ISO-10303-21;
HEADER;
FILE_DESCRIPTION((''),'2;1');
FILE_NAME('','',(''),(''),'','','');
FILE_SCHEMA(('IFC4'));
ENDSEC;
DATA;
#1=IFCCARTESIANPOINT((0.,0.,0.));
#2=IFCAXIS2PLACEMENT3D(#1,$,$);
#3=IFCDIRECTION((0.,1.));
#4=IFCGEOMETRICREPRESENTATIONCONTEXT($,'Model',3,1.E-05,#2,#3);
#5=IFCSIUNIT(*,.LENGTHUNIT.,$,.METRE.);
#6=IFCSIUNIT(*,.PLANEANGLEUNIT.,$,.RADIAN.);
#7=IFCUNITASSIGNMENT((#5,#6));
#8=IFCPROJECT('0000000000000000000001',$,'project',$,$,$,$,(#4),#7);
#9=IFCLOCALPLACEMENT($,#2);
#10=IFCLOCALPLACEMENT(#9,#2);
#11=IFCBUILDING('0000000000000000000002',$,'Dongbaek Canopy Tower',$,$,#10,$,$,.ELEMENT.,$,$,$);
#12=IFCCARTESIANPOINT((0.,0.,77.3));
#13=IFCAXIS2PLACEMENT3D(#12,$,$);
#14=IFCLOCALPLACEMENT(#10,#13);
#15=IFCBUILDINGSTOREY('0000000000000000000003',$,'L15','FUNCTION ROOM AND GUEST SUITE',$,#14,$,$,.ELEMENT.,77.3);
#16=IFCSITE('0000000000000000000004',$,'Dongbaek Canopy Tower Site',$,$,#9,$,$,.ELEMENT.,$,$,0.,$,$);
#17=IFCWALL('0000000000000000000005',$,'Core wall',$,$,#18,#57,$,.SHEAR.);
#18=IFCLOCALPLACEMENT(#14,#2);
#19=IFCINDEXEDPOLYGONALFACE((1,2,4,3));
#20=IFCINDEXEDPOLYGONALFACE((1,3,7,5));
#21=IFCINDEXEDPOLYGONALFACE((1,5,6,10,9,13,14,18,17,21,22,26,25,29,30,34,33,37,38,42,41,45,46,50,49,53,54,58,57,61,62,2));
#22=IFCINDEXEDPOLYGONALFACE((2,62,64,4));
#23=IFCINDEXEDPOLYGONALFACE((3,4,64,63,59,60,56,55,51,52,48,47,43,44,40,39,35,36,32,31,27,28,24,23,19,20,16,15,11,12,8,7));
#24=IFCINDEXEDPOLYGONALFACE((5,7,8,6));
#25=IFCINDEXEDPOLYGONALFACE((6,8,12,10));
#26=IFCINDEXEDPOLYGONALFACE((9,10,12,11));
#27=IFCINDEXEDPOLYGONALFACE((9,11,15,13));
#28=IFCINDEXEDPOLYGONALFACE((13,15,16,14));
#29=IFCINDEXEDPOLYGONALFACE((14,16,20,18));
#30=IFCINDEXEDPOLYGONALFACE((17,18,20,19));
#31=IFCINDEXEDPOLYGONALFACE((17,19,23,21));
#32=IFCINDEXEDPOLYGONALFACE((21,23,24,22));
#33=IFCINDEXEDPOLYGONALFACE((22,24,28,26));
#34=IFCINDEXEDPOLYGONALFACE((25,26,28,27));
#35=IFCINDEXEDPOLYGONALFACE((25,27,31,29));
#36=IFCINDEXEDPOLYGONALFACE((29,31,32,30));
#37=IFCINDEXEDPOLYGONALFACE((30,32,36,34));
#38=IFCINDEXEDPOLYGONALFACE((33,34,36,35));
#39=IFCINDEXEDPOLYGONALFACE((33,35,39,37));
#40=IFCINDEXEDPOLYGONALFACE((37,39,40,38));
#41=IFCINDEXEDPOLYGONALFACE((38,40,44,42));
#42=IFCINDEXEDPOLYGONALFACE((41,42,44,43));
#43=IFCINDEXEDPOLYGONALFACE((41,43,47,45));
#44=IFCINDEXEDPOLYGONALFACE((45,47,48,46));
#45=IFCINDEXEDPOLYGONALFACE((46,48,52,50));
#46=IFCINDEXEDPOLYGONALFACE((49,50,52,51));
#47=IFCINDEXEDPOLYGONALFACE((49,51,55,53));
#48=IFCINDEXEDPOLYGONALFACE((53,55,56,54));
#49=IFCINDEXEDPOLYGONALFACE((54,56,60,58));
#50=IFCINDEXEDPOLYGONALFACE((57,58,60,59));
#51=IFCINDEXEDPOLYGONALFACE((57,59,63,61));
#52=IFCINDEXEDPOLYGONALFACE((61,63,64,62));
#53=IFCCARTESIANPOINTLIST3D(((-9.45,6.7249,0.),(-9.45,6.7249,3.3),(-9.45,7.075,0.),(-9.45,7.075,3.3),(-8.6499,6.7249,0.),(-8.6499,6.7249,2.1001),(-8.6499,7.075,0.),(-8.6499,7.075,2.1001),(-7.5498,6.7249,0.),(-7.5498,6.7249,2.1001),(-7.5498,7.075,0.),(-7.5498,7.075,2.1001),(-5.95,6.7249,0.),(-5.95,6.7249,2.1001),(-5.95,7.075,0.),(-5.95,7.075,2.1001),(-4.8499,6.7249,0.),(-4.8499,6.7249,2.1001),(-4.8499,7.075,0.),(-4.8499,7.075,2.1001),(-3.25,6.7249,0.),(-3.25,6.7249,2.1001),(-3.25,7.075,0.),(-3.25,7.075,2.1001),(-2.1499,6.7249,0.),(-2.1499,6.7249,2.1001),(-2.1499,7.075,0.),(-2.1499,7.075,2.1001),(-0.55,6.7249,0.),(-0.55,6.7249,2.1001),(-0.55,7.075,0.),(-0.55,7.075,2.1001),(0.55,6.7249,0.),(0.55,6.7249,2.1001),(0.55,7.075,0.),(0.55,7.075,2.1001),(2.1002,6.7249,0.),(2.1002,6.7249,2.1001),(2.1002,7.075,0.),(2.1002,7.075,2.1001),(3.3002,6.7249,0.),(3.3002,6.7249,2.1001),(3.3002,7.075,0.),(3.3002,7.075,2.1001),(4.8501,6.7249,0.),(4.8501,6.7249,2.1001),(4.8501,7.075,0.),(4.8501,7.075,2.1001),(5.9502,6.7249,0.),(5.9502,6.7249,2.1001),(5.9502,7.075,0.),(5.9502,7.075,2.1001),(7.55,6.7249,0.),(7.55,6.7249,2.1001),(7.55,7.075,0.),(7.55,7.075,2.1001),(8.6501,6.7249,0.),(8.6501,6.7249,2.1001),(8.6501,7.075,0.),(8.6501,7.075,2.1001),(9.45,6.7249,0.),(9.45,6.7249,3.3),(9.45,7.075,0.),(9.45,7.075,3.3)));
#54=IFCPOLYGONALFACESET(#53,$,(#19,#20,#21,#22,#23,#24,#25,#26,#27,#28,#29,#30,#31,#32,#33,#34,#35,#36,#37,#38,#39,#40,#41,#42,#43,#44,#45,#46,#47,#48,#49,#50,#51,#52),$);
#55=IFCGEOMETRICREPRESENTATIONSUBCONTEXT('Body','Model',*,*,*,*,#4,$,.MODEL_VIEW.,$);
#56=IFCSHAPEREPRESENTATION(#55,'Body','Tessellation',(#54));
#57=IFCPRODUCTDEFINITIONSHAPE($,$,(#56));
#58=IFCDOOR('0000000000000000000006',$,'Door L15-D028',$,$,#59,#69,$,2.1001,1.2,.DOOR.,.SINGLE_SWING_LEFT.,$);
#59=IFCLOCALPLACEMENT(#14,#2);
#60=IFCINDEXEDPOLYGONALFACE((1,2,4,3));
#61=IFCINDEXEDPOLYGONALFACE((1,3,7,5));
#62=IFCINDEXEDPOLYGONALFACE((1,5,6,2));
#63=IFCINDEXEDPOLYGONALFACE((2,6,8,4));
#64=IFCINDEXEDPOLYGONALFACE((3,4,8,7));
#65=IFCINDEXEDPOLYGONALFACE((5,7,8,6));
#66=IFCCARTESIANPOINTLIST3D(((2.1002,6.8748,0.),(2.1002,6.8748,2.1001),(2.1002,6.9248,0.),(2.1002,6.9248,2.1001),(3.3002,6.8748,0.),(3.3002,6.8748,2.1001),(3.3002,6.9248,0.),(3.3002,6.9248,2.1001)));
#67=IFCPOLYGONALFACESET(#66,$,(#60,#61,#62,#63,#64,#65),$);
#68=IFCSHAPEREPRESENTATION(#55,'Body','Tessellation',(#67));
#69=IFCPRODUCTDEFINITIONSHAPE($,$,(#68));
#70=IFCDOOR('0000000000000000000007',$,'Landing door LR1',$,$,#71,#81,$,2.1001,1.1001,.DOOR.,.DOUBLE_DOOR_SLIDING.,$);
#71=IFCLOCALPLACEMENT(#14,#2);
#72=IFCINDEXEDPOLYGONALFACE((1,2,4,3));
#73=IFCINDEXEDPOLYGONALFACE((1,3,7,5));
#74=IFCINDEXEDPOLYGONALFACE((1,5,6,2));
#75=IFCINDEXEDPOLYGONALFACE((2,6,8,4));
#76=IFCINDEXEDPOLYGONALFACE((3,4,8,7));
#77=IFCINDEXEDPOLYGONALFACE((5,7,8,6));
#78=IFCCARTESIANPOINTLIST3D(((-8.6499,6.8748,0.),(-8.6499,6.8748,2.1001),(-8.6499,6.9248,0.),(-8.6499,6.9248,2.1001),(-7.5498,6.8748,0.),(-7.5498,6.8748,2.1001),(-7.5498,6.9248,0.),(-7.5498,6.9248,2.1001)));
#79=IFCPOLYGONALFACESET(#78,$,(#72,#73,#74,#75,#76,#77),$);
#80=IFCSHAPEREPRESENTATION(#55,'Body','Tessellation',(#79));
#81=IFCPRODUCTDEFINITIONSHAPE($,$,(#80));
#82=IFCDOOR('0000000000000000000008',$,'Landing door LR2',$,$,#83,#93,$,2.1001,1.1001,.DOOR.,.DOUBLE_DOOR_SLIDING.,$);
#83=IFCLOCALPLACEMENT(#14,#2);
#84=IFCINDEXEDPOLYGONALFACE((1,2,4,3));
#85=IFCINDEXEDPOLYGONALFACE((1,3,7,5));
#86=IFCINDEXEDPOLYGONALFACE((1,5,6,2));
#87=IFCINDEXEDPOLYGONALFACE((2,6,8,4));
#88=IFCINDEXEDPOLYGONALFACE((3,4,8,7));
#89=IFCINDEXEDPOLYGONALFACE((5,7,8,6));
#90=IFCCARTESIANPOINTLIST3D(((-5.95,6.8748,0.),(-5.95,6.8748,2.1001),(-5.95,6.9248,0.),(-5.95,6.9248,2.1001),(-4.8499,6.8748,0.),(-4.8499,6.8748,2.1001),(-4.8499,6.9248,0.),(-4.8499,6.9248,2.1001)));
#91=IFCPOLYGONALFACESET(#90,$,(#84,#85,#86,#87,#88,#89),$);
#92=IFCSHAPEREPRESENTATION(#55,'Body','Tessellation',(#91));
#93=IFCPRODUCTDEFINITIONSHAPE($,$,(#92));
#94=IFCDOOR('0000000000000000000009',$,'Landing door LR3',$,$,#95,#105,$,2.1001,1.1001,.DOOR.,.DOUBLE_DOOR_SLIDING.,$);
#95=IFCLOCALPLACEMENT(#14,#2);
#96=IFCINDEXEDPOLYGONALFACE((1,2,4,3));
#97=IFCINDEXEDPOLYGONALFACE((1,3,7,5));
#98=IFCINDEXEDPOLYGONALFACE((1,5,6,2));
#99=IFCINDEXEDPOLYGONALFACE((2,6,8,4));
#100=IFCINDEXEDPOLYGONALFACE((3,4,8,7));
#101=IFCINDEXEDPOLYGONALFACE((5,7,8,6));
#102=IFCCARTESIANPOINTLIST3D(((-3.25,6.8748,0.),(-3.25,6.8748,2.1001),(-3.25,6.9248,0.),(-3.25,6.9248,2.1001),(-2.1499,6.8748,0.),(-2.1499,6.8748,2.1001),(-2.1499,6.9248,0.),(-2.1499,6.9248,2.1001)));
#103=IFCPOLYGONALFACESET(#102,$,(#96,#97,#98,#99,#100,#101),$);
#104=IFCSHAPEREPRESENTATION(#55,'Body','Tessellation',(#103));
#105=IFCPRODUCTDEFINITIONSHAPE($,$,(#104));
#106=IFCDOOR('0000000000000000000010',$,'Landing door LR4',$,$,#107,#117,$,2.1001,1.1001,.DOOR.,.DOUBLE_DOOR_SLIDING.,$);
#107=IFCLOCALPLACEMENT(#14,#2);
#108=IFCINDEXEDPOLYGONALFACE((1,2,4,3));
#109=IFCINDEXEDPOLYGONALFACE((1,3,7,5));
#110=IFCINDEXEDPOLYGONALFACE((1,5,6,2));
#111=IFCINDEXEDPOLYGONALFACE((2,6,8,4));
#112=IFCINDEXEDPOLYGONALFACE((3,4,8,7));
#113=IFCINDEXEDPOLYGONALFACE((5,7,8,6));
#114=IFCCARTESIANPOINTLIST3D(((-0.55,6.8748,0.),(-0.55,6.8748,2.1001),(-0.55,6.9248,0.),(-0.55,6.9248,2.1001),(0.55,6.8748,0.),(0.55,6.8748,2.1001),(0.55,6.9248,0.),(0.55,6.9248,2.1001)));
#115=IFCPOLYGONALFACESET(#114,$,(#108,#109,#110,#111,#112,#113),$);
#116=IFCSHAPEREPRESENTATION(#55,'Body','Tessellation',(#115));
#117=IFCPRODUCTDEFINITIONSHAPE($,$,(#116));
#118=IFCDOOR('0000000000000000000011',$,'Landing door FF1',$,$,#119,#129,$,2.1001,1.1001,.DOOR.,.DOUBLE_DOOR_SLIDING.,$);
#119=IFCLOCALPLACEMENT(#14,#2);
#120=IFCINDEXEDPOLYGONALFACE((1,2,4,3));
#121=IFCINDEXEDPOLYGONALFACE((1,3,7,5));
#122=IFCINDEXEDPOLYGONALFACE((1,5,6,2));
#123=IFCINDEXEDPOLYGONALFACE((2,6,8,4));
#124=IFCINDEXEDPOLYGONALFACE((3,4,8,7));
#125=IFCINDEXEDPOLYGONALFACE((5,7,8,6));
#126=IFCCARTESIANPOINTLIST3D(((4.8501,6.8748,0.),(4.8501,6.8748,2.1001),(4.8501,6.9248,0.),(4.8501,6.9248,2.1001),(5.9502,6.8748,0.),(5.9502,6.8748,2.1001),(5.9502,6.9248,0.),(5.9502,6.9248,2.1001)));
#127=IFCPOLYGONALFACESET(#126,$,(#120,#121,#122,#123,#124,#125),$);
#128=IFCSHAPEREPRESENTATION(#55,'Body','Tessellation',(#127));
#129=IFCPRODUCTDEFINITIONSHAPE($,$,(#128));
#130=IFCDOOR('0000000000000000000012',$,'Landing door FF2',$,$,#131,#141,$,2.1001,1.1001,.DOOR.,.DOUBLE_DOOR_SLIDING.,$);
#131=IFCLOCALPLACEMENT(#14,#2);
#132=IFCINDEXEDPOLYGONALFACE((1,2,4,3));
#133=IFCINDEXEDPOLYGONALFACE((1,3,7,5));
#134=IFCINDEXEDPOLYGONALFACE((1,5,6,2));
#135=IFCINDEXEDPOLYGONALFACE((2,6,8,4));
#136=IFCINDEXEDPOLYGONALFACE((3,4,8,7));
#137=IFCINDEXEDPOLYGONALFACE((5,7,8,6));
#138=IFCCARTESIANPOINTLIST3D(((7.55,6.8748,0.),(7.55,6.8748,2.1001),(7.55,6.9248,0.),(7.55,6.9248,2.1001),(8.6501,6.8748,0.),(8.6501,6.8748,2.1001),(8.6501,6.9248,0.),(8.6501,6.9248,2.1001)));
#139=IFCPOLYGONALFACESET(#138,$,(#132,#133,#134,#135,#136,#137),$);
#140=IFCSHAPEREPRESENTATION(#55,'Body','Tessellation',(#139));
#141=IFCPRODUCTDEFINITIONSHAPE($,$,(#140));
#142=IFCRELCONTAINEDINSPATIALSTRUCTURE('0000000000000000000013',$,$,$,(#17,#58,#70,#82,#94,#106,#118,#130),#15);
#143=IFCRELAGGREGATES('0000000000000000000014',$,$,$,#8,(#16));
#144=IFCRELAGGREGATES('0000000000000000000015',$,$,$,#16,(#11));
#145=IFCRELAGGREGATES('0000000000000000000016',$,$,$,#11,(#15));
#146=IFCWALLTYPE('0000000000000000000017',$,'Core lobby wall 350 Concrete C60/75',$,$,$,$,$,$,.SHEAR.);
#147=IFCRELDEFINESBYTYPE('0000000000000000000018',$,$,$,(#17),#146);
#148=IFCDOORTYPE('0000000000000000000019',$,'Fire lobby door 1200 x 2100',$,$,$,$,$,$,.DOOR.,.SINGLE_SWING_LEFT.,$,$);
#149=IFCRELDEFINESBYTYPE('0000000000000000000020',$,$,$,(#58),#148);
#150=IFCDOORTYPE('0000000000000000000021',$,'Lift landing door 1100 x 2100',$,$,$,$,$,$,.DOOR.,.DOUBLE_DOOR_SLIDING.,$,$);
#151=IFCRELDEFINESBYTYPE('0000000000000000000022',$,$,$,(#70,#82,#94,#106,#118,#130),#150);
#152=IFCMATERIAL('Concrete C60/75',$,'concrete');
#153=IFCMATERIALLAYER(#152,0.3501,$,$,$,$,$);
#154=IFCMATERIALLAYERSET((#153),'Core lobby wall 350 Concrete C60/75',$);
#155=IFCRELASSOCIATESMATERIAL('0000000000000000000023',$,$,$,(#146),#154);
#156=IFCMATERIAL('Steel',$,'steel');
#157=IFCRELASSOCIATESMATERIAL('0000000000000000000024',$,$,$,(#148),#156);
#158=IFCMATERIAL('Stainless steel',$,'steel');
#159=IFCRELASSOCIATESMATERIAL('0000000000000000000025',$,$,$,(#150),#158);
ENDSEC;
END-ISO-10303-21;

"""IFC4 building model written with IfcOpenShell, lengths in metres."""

from ifc_helpers import new_model, si_unit, direction, frame, frame_2d, origin, place, context, subcontext, project, spatial, rectangle, extrude, material, layer, layer_set, type_object, element, fill, save


model = new_model("IFC4")

# Units and contexts
model_context = context("Model", 3, precision=1e-05, world=origin(), true_north=direction((0.0, 1.0)))
body_context = subcontext(model_context, "Body", "Model", "MODEL_VIEW")
ifc_project = project(units=[si_unit("LENGTHUNIT", "METRE"), si_unit("PLANEANGLEUNIT", "RADIAN")], contexts=[model_context])

# Site, building, storey
site_placement = place(None, origin())
site = spatial("IfcSite", under=ifc_project, at=site_placement, Name="Dongbaek Canopy Tower Site", CompositionType="ELEMENT", RefElevation=0.0)
building_placement = place(site_placement, origin())
building = spatial("IfcBuilding", under=site, at=building_placement, Name="Dongbaek Canopy Tower", CompositionType="ELEMENT")
storey_placement = place(building_placement, frame((0.0, 0.0, 77.3)))
storey = spatial("IfcBuildingStorey", under=building, at=storey_placement, Name="L15", Description="FUNCTION ROOM AND GUEST SUITE", CompositionType="ELEMENT", Elevation=77.3)

# Wall, openings, doors
ifc_material_1 = material(Name="Concrete C60/75", Category="concrete")
ifc_layer_1 = layer(ifc_material_1, 0.3501)
ifc_layer_set_1 = layer_set([ifc_layer_1], Name="Core lobby wall 350 Concrete C60/75")
wall_type_1 = type_object("IfcWallType", Name="Core lobby wall 350 Concrete C60/75", PredefinedType="SHEAR", material=ifc_layer_set_1)
wall_1_placement = place(storey_placement, frame((-9.45, 6.8999, 0.0), z_axis=(0.0, 0.0, 1.0), x_axis=(1.0, 0.0, 0.0)))
wall_1 = element("IfcWall", 1, at=wall_1_placement, inside=storey, type_object=wall_type_1, Name="Core wall", PredefinedType="SHEAR", context=body_context, shape_type="SweptSolid", body=[
    extrude(rectangle(XDim=18.8999, YDim=0.3501, at=frame_2d((9.45, 0.0))), origin(), (0.0, 0.0, 1.0), 3.3),
])
opening_1_placement = place(wall_1_placement, frame((0.8, 0.0, 0.0)))
opening_1 = element("IfcOpeningElement", 2, at=opening_1_placement, cuts=wall_1, PredefinedType="OPENING", context=body_context, shape_type="SweptSolid", body=[
    extrude(rectangle(XDim=1.1001, YDim=2.1001, at=frame_2d((0.55, 1.05))), frame((0.0, 0.1851, 0.0), z_axis=(0.0, -1.0, 0.0), x_axis=(1.0, 0.0, 0.0)), (0.0, 0.0, 1.0), 0.3701),
])
opening_2_placement = place(wall_1_placement, frame((3.5, 0.0, 0.0)))
opening_2 = element("IfcOpeningElement", 3, at=opening_2_placement, cuts=wall_1, PredefinedType="OPENING", context=body_context, shape_type="SweptSolid", body=[
    extrude(rectangle(XDim=1.1001, YDim=2.1001, at=frame_2d((0.55, 1.05))), frame((0.0, 0.1851, 0.0), z_axis=(0.0, -1.0, 0.0), x_axis=(1.0, 0.0, 0.0)), (0.0, 0.0, 1.0), 0.3701),
])
opening_3_placement = place(wall_1_placement, frame((6.2, 0.0, 0.0)))
opening_3 = element("IfcOpeningElement", 4, at=opening_3_placement, cuts=wall_1, PredefinedType="OPENING", context=body_context, shape_type="SweptSolid", body=[
    extrude(rectangle(XDim=1.1001, YDim=2.1001, at=frame_2d((0.55, 1.05))), frame((0.0, 0.1851, 0.0), z_axis=(0.0, -1.0, 0.0), x_axis=(1.0, 0.0, 0.0)), (0.0, 0.0, 1.0), 0.3701),
])
opening_4_placement = place(wall_1_placement, frame((8.8999, 0.0, 0.0)))
opening_4 = element("IfcOpeningElement", 5, at=opening_4_placement, cuts=wall_1, PredefinedType="OPENING", context=body_context, shape_type="SweptSolid", body=[
    extrude(rectangle(XDim=1.1001, YDim=2.1001, at=frame_2d((0.55, 1.05))), frame((0.0, 0.1851, 0.0), z_axis=(0.0, -1.0, 0.0), x_axis=(1.0, 0.0, 0.0)), (0.0, 0.0, 1.0), 0.3701),
])
opening_5_placement = place(wall_1_placement, frame((11.55, 0.0, 0.0)))
opening_5 = element("IfcOpeningElement", 6, at=opening_5_placement, cuts=wall_1, PredefinedType="OPENING", context=body_context, shape_type="SweptSolid", body=[
    extrude(rectangle(XDim=1.2, YDim=2.1001, at=frame_2d((0.6001, 1.05))), frame((0.0, 0.1851, 0.0), z_axis=(0.0, -1.0, 0.0), x_axis=(1.0, 0.0, 0.0)), (0.0, 0.0, 1.0), 0.3701),
])
opening_6_placement = place(wall_1_placement, frame((14.3, 0.0, 0.0)))
opening_6 = element("IfcOpeningElement", 7, at=opening_6_placement, cuts=wall_1, PredefinedType="OPENING", context=body_context, shape_type="SweptSolid", body=[
    extrude(rectangle(XDim=1.1001, YDim=2.1001, at=frame_2d((0.55, 1.05))), frame((0.0, 0.1851, 0.0), z_axis=(0.0, -1.0, 0.0), x_axis=(1.0, 0.0, 0.0)), (0.0, 0.0, 1.0), 0.3701),
])
opening_7_placement = place(wall_1_placement, frame((17.0, 0.0, 0.0)))
opening_7 = element("IfcOpeningElement", 8, at=opening_7_placement, cuts=wall_1, PredefinedType="OPENING", context=body_context, shape_type="SweptSolid", body=[
    extrude(rectangle(XDim=1.1001, YDim=2.1001, at=frame_2d((0.55, 1.05))), frame((0.0, 0.1851, 0.0), z_axis=(0.0, -1.0, 0.0), x_axis=(1.0, 0.0, 0.0)), (0.0, 0.0, 1.0), 0.3701),
])
ifc_material_2 = material(Name="Steel", Category="steel")
door_type_1 = type_object("IfcDoorType", Name="Fire lobby door 1200 x 2100", OperationType="SINGLE_SWING_LEFT", PredefinedType="DOOR", material=ifc_material_2)
door_1_placement = place(opening_5_placement, origin())
door_1 = element("IfcDoor", 9, at=door_1_placement, inside=storey, type_object=door_type_1, Name="Door L15-D028", OperationType="SINGLE_SWING_LEFT", OverallHeight=2.1001, OverallWidth=1.2, PredefinedType="DOOR", context=body_context, shape_type="SweptSolid", body=[
    extrude(rectangle(XDim=1.2, YDim=2.1001, at=frame_2d((0.6001, 1.05))), frame((0.0, 0.0249, 0.0), z_axis=(0.0, -1.0, 0.0), x_axis=(1.0, 0.0, 0.0)), (0.0, 0.0, 1.0), 0.05),
])
fill(opening_5, door_1)
ifc_material_3 = material(Name="Stainless steel", Category="steel")
door_type_2 = type_object("IfcDoorType", Name="Lift landing door 1100 x 2100", OperationType="DOUBLE_DOOR_SLIDING", PredefinedType="DOOR", material=ifc_material_3)
door_2_placement = place(opening_1_placement, origin())
door_2 = element("IfcDoor", 10, at=door_2_placement, inside=storey, type_object=door_type_2, Name="Landing door LR1", OperationType="DOUBLE_DOOR_SLIDING", OverallHeight=2.1001, OverallWidth=1.1001, PredefinedType="DOOR", context=body_context, shape_type="SweptSolid", body=[
    extrude(rectangle(XDim=1.1001, YDim=2.1001, at=frame_2d((0.55, 1.05))), frame((0.0, 0.0249, 0.0), z_axis=(0.0, -1.0, 0.0), x_axis=(1.0, 0.0, 0.0)), (0.0, 0.0, 1.0), 0.05),
])
fill(opening_1, door_2)
door_3_placement = place(opening_2_placement, origin())
door_3 = element("IfcDoor", 11, at=door_3_placement, inside=storey, type_object=door_type_2, Name="Landing door LR2", OperationType="DOUBLE_DOOR_SLIDING", OverallHeight=2.1001, OverallWidth=1.1001, PredefinedType="DOOR", context=body_context, shape_type="SweptSolid", body=[
    extrude(rectangle(XDim=1.1001, YDim=2.1001, at=frame_2d((0.55, 1.05))), frame((0.0, 0.0249, 0.0), z_axis=(0.0, -1.0, 0.0), x_axis=(1.0, 0.0, 0.0)), (0.0, 0.0, 1.0), 0.05),
])
fill(opening_2, door_3)
door_4_placement = place(opening_3_placement, origin())
door_4 = element("IfcDoor", 12, at=door_4_placement, inside=storey, type_object=door_type_2, Name="Landing door LR3", OperationType="DOUBLE_DOOR_SLIDING", OverallHeight=2.1001, OverallWidth=1.1001, PredefinedType="DOOR", context=body_context, shape_type="SweptSolid", body=[
    extrude(rectangle(XDim=1.1001, YDim=2.1001, at=frame_2d((0.55, 1.05))), frame((0.0, 0.0249, 0.0), z_axis=(0.0, -1.0, 0.0), x_axis=(1.0, 0.0, 0.0)), (0.0, 0.0, 1.0), 0.05),
])
fill(opening_3, door_4)
door_5_placement = place(opening_4_placement, origin())
door_5 = element("IfcDoor", 13, at=door_5_placement, inside=storey, type_object=door_type_2, Name="Landing door LR4", OperationType="DOUBLE_DOOR_SLIDING", OverallHeight=2.1001, OverallWidth=1.1001, PredefinedType="DOOR", context=body_context, shape_type="SweptSolid", body=[
    extrude(rectangle(XDim=1.1001, YDim=2.1001, at=frame_2d((0.55, 1.05))), frame((0.0, 0.0249, 0.0), z_axis=(0.0, -1.0, 0.0), x_axis=(1.0, 0.0, 0.0)), (0.0, 0.0, 1.0), 0.05),
])
fill(opening_4, door_5)
door_6_placement = place(opening_6_placement, origin())
door_6 = element("IfcDoor", 14, at=door_6_placement, inside=storey, type_object=door_type_2, Name="Landing door FF1", OperationType="DOUBLE_DOOR_SLIDING", OverallHeight=2.1001, OverallWidth=1.1001, PredefinedType="DOOR", context=body_context, shape_type="SweptSolid", body=[
    extrude(rectangle(XDim=1.1001, YDim=2.1001, at=frame_2d((0.55, 1.05))), frame((0.0, 0.0249, 0.0), z_axis=(0.0, -1.0, 0.0), x_axis=(1.0, 0.0, 0.0)), (0.0, 0.0, 1.0), 0.05),
])
fill(opening_6, door_6)
door_7_placement = place(opening_7_placement, origin())
door_7 = element("IfcDoor", 15, at=door_7_placement, inside=storey, type_object=door_type_2, Name="Landing door FF2", OperationType="DOUBLE_DOOR_SLIDING", OverallHeight=2.1001, OverallWidth=1.1001, PredefinedType="DOOR", context=body_context, shape_type="SweptSolid", body=[
    extrude(rectangle(XDim=1.1001, YDim=2.1001, at=frame_2d((0.55, 1.05))), frame((0.0, 0.0249, 0.0), z_axis=(0.0, -1.0, 0.0), x_axis=(1.0, 0.0, 0.0)), (0.0, 0.0, 1.0), 0.05),
])
fill(opening_7, door_7)

save(model, "model.ifc")
